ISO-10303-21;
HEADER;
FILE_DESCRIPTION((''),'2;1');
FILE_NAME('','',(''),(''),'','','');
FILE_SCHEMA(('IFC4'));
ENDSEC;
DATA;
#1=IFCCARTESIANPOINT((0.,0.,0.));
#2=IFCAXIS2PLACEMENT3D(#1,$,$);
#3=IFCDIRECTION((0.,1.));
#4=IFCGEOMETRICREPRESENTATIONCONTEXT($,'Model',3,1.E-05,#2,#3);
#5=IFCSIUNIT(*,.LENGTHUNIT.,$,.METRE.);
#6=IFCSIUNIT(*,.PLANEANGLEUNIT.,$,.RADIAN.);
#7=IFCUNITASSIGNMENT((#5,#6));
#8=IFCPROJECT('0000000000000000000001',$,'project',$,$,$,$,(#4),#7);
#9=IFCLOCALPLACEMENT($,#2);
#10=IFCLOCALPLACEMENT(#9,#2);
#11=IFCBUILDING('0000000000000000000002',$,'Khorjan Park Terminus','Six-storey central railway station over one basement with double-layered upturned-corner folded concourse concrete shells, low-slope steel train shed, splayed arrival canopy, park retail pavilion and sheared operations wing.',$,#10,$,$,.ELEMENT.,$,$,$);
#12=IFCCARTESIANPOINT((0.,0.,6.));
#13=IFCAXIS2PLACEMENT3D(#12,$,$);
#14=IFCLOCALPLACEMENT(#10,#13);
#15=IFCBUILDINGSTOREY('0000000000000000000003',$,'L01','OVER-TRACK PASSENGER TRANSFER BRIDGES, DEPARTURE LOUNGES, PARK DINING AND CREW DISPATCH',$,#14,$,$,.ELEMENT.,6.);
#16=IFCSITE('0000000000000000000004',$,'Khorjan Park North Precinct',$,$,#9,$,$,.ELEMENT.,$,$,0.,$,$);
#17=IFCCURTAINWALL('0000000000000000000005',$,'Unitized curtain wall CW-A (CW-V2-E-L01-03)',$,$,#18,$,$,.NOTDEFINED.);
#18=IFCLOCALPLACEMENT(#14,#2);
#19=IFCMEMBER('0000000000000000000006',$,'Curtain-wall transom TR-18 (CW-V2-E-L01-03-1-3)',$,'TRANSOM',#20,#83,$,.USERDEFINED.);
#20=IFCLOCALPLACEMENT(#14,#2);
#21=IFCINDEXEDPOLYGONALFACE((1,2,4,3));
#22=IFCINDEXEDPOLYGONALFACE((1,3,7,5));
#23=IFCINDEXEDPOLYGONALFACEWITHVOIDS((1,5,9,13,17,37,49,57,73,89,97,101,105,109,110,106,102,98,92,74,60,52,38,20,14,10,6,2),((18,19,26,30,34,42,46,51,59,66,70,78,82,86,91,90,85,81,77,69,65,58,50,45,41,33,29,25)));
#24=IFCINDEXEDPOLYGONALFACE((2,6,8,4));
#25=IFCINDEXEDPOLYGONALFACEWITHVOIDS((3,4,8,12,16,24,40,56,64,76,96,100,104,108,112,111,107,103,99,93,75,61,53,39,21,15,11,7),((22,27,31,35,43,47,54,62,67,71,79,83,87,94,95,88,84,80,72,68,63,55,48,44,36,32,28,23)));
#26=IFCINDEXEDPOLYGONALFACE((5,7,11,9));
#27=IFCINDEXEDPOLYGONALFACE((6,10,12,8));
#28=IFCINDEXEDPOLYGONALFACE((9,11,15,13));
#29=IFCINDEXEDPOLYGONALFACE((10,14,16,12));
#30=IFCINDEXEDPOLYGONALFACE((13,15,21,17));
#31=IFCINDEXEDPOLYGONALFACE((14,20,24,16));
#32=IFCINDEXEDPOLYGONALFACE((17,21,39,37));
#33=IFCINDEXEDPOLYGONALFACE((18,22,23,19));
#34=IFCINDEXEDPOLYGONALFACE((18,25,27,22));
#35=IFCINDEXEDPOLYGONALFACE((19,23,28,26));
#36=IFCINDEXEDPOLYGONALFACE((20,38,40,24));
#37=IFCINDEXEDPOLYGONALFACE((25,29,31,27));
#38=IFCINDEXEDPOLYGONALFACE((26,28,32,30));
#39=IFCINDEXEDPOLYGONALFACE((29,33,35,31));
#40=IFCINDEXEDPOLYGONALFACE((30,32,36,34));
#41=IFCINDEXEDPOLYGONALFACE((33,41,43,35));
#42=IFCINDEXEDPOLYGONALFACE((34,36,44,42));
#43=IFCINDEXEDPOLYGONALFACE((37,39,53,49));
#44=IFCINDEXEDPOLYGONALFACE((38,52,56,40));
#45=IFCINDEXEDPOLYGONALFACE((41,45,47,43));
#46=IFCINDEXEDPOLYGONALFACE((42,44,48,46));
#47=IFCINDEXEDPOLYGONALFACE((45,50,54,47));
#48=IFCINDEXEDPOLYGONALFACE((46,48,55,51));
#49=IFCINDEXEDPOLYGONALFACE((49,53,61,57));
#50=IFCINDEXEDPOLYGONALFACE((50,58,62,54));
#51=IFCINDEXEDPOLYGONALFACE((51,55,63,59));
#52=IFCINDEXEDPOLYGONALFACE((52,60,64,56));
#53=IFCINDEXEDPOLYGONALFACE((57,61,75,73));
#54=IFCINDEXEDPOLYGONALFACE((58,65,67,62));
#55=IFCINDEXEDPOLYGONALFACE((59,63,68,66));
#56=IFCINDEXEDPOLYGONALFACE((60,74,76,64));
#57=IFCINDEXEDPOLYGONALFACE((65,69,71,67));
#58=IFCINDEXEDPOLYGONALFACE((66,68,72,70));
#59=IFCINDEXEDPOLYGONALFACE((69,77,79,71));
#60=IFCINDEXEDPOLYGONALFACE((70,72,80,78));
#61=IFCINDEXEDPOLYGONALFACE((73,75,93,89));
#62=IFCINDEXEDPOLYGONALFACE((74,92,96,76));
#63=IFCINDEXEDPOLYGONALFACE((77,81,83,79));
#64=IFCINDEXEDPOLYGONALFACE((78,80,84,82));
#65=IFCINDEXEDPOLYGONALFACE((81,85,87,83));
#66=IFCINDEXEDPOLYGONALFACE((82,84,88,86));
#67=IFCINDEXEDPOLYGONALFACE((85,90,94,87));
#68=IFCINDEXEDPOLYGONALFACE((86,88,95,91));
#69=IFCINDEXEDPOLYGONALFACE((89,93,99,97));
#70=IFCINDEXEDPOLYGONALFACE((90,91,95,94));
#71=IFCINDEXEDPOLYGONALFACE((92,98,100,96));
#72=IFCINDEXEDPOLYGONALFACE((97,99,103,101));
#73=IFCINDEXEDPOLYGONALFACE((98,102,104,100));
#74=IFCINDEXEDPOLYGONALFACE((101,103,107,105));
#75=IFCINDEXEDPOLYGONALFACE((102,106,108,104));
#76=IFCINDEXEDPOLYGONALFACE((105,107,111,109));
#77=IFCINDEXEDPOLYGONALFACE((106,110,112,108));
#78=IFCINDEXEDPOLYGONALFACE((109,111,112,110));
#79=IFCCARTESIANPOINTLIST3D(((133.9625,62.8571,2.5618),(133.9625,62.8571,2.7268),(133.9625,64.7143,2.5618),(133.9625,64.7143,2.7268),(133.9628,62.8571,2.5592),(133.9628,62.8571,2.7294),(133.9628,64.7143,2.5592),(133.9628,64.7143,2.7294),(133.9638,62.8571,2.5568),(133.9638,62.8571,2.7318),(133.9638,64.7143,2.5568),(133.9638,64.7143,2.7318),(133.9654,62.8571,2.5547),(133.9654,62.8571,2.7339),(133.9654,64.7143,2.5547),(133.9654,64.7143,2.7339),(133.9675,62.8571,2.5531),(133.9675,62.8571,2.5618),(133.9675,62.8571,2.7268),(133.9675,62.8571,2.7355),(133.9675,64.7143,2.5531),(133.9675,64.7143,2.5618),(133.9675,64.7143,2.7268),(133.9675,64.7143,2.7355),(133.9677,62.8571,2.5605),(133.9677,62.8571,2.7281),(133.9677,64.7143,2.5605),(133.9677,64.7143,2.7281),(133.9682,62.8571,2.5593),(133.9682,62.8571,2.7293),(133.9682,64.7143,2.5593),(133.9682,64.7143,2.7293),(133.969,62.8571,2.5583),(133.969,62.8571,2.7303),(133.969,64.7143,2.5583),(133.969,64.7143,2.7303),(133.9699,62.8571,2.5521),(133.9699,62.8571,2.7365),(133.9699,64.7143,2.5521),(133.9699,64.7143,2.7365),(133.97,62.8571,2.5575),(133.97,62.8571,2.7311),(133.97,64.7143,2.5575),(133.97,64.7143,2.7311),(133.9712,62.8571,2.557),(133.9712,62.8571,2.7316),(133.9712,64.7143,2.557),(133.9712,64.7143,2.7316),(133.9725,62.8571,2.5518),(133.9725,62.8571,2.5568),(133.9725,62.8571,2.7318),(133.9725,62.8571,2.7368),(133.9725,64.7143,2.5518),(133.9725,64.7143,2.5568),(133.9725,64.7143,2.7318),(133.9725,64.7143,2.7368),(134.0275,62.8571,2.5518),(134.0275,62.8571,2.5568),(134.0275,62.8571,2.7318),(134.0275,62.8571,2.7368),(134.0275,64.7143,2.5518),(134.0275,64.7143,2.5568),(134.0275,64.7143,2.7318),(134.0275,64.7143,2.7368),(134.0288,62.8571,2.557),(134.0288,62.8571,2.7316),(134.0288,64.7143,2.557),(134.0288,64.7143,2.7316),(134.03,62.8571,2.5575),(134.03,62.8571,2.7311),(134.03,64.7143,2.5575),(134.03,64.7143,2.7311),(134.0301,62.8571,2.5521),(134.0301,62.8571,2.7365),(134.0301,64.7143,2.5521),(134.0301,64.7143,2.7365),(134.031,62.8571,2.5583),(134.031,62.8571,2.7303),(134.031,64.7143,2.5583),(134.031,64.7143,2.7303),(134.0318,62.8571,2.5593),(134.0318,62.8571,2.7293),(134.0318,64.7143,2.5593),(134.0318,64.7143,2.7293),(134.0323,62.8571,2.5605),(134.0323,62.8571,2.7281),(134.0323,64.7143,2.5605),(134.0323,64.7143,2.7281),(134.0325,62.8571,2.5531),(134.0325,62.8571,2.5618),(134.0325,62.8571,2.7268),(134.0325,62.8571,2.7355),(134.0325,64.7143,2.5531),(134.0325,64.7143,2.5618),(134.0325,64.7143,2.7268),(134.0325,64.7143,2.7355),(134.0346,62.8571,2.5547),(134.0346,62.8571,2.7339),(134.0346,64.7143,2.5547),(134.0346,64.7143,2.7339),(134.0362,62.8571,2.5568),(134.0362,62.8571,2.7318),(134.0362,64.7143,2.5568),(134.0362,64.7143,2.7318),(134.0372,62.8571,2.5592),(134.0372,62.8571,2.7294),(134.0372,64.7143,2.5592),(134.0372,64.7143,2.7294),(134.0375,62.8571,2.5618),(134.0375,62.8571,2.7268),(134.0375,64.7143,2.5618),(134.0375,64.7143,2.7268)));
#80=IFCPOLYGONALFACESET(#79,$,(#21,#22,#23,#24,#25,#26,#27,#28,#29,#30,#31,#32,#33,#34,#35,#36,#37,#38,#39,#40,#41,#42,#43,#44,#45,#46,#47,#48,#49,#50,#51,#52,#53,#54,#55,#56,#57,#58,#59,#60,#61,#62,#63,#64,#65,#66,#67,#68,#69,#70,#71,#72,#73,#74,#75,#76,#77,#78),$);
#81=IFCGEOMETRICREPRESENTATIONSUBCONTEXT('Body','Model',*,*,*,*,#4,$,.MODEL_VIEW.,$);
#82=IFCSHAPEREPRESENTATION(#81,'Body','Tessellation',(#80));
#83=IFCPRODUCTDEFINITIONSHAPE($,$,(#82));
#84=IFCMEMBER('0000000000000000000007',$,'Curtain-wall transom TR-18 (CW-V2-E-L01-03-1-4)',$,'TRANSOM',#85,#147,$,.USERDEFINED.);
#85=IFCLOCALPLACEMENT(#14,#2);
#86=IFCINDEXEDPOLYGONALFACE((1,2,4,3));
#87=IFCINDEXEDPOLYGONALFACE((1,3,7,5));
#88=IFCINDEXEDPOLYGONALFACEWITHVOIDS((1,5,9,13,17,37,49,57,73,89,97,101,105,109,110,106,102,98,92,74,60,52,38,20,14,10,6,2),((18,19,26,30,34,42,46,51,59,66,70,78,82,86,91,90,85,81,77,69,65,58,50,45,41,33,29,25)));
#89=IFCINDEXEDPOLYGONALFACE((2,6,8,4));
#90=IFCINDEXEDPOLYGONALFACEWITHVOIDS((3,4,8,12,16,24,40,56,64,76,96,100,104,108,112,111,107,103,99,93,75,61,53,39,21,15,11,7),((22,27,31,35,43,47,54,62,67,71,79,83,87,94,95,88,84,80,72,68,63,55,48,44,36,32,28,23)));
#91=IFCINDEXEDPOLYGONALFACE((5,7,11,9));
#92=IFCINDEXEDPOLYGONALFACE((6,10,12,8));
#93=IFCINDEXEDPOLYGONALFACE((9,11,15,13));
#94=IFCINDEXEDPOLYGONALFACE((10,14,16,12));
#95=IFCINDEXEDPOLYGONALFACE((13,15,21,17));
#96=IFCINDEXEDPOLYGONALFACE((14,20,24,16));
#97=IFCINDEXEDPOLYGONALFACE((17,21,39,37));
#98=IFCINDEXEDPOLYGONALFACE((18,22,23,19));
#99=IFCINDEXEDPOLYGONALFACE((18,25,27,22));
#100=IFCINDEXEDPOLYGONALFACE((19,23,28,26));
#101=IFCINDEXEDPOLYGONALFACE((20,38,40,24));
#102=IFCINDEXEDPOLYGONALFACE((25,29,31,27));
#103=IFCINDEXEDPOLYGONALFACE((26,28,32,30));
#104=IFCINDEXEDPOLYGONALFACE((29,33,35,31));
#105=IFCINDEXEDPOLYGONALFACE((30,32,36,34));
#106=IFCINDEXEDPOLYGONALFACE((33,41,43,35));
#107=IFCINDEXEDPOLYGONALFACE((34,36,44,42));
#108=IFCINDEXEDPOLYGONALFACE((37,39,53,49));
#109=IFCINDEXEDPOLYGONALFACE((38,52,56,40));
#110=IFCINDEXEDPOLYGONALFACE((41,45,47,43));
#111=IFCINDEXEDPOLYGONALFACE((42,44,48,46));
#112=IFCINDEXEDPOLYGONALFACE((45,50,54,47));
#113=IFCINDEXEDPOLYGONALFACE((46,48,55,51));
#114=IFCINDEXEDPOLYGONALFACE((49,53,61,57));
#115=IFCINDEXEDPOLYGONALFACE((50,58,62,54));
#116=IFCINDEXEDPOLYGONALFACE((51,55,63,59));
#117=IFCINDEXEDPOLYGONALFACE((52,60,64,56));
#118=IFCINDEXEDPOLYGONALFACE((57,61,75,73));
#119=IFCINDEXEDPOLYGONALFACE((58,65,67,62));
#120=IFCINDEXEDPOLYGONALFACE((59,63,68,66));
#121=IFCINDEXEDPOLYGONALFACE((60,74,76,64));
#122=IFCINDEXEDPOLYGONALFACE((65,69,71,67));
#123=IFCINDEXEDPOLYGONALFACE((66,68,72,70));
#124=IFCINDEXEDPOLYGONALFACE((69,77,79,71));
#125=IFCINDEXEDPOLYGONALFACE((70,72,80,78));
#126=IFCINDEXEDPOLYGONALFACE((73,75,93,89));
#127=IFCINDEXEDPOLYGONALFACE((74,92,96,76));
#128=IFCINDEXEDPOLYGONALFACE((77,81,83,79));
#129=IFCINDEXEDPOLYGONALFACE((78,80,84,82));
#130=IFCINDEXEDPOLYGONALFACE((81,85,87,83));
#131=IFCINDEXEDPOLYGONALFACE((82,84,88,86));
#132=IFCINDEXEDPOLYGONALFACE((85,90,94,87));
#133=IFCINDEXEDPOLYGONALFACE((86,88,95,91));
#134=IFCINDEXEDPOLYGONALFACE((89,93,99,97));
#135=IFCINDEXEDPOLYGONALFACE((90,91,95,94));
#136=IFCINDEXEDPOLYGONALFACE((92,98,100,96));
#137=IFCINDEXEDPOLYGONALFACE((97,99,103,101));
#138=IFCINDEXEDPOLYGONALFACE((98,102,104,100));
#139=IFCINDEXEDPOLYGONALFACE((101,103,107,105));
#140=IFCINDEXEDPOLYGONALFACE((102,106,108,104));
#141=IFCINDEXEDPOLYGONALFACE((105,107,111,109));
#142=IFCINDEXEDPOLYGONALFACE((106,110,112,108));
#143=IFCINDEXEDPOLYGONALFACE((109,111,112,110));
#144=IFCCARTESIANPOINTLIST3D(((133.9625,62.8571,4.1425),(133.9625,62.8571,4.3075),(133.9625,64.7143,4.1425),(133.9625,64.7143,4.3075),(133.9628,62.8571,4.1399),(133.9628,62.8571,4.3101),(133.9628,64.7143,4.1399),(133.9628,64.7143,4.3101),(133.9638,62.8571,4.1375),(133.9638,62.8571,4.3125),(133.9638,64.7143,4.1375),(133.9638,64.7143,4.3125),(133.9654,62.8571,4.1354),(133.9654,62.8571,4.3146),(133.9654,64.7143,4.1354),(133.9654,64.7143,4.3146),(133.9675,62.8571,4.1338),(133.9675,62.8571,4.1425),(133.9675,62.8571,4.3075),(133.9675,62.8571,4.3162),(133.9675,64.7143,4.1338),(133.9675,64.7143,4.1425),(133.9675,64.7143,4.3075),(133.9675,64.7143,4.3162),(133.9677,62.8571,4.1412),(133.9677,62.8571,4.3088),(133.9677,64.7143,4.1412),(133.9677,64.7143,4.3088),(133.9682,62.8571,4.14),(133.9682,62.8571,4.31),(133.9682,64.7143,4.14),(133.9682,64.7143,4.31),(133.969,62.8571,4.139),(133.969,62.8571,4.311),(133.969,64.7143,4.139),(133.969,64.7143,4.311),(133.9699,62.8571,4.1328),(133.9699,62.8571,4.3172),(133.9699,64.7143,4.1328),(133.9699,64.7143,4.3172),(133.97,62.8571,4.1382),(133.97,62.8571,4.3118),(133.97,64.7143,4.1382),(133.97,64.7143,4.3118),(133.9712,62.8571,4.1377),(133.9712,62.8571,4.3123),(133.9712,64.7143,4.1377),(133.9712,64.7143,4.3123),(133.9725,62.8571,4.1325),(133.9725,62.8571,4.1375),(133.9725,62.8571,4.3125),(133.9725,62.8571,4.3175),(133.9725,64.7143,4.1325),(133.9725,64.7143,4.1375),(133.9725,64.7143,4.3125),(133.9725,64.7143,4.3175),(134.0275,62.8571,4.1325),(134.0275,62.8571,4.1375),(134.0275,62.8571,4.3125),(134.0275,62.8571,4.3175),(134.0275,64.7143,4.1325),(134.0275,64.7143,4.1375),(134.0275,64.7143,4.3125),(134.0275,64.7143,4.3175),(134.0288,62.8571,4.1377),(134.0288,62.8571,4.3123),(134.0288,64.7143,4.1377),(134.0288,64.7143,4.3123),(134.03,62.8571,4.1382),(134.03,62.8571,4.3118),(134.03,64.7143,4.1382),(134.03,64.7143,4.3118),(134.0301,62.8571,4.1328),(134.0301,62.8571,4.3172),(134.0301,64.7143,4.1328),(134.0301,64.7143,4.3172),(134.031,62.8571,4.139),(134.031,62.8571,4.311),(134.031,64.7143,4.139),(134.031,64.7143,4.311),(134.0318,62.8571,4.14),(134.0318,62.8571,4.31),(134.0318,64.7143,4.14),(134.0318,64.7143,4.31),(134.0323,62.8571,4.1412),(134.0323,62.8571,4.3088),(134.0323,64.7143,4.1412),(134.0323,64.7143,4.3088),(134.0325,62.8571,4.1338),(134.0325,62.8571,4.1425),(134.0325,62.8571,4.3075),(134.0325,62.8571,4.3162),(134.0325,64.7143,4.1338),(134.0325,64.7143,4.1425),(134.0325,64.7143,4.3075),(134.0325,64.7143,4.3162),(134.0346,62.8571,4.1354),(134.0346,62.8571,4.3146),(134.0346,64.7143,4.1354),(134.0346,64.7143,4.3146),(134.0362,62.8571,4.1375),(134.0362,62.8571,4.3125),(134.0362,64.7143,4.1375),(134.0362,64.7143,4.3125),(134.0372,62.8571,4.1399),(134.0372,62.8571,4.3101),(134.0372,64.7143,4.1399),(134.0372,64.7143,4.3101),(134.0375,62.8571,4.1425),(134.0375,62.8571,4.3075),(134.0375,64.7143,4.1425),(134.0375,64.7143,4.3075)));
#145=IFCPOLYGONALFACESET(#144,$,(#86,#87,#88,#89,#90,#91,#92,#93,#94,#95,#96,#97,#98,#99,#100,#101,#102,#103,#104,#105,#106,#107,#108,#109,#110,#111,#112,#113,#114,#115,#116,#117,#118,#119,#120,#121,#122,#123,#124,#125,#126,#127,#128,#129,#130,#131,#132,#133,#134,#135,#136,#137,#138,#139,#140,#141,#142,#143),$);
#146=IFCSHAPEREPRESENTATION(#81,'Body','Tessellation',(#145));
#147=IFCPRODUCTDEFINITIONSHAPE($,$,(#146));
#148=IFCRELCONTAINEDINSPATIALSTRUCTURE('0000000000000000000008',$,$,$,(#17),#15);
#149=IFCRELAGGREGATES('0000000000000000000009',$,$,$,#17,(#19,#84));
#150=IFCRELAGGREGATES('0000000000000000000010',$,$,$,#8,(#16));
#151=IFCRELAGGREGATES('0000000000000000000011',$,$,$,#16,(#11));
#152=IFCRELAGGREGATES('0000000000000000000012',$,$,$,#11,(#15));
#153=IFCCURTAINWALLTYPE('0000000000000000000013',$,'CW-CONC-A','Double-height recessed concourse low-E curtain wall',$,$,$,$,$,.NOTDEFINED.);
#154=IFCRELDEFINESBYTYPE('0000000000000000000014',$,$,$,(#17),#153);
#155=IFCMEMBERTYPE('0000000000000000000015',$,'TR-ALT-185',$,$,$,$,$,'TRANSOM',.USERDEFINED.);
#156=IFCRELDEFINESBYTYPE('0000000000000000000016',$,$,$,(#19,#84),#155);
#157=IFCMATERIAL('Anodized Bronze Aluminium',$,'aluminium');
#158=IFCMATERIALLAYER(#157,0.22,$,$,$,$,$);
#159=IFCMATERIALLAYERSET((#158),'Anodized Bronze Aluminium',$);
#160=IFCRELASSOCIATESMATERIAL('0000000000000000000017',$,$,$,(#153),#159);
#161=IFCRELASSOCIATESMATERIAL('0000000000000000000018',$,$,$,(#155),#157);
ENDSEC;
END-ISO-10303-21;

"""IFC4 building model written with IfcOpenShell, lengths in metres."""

from ifc_helpers import new_model, si_unit, direction, frame, origin, origin_2d, place, context, subcontext, project, spatial, hollow_rectangle, extrude, material, layer, layer_set, material_profile, profile_set, type_object, element, aggregate, save


model = new_model("IFC4")

# Units and contexts
model_context = context("Model", 3, precision=1e-05, world=origin(), true_north=direction((0.0, 1.0)))
body_context = subcontext(model_context, "Body", "Model", "MODEL_VIEW")
ifc_project = project(units=[si_unit("LENGTHUNIT", "METRE"), si_unit("PLANEANGLEUNIT", "RADIAN")], contexts=[model_context])

# Site, building, storey
site_placement = place(None, origin())
site = spatial("IfcSite", under=ifc_project, at=site_placement, Name="Khorjan Park North Precinct", CompositionType="ELEMENT", RefElevation=0.0)
building_placement = place(site_placement, origin())
building = spatial("IfcBuilding", under=site, at=building_placement, Name="Khorjan Park Terminus", Description="Six-storey central railway station over one basement with double-layered upturned-corner folded concourse concrete shells, low-slope steel train shed, splayed arrival canopy, park retail pavilion and sheared operations wing.", CompositionType="ELEMENT")
storey_placement = place(building_placement, frame((0.0, 0.0, 6.0)))
storey = spatial("IfcBuildingStorey", under=building, at=storey_placement, Name="L01", Description="OVER-TRACK PASSENGER TRANSFER BRIDGES, DEPARTURE LOUNGES, PARK DINING AND CREW DISPATCH", CompositionType="ELEMENT", Elevation=6.0)

# Shared definitions
ifc_material_1 = material(Name="Anodized Bronze Aluminium", Category="aluminium")
ifc_layer_1 = layer(ifc_material_1, 0.22)
ifc_layer_set_1 = layer_set([ifc_layer_1], Name="Anodized Bronze Aluminium")
curtain_wall_type = type_object("IfcCurtainWallType", Name="CW-CONC-A", Description="Double-height recessed concourse low-E curtain wall", PredefinedType="NOTDEFINED", material=ifc_layer_set_1)

# Curtain wall
curtain_wall_1_placement = place(storey_placement, origin())
curtain_wall_1 = element("IfcCurtainWall", 1, at=curtain_wall_1_placement, inside=storey, type_object=curtain_wall_type, Name="Unitized curtain wall CW-A (CW-V2-E-L01-03)", PredefinedType="NOTDEFINED")

# Members
ifc_material_profile_1 = material_profile(ifc_material_1, hollow_rectangle(XDim=0.075, YDim=0.185, WallThickness=0.005, InnerFilletRadius=0.005, OuterFilletRadius=0.01, at=origin_2d()), Name="ALT 75x185x5")
ifc_profile_set_1 = profile_set([ifc_material_profile_1], Name="Anodized Bronze Aluminium")
member_type_1 = type_object("IfcMemberType", Name="TR-ALT-185", ElementType="TRANSOM", PredefinedType="USERDEFINED", material=ifc_profile_set_1)
member_1_placement = place(storey_placement, frame((134.0, 62.8571, 2.6443), z_axis=(0.0, 1.0, 0.0), x_axis=(-1.0, 0.0, 0.0)))
member_1 = element("IfcMember", 2, at=member_1_placement, type_object=member_type_1, Name="Curtain-wall transom TR-18 (CW-V2-E-L01-03-1-3)", ObjectType="TRANSOM", PredefinedType="USERDEFINED", context=body_context, shape_type="SweptSolid", body=[
    extrude(hollow_rectangle(XDim=0.075, YDim=0.185, WallThickness=0.005, InnerFilletRadius=0.005, OuterFilletRadius=0.01, at=origin_2d()), origin(), (0.0, 0.0, 1.0), 1.8572),
])
member_2_placement = place(storey_placement, frame((134.0, 62.8571, 4.225), z_axis=(0.0, 1.0, 0.0), x_axis=(-1.0, 0.0, 0.0)))
member_2 = element("IfcMember", 3, at=member_2_placement, type_object=member_type_1, Name="Curtain-wall transom TR-18 (CW-V2-E-L01-03-1-4)", ObjectType="TRANSOM", PredefinedType="USERDEFINED", context=body_context, shape_type="SweptSolid", body=[
    extrude(hollow_rectangle(XDim=0.075, YDim=0.185, WallThickness=0.005, InnerFilletRadius=0.005, OuterFilletRadius=0.01, at=origin_2d()), origin(), (0.0, 0.0, 1.0), 1.8572),
])

aggregate(curtain_wall_1, [member_1, member_2])

save(model, "model.ifc")
